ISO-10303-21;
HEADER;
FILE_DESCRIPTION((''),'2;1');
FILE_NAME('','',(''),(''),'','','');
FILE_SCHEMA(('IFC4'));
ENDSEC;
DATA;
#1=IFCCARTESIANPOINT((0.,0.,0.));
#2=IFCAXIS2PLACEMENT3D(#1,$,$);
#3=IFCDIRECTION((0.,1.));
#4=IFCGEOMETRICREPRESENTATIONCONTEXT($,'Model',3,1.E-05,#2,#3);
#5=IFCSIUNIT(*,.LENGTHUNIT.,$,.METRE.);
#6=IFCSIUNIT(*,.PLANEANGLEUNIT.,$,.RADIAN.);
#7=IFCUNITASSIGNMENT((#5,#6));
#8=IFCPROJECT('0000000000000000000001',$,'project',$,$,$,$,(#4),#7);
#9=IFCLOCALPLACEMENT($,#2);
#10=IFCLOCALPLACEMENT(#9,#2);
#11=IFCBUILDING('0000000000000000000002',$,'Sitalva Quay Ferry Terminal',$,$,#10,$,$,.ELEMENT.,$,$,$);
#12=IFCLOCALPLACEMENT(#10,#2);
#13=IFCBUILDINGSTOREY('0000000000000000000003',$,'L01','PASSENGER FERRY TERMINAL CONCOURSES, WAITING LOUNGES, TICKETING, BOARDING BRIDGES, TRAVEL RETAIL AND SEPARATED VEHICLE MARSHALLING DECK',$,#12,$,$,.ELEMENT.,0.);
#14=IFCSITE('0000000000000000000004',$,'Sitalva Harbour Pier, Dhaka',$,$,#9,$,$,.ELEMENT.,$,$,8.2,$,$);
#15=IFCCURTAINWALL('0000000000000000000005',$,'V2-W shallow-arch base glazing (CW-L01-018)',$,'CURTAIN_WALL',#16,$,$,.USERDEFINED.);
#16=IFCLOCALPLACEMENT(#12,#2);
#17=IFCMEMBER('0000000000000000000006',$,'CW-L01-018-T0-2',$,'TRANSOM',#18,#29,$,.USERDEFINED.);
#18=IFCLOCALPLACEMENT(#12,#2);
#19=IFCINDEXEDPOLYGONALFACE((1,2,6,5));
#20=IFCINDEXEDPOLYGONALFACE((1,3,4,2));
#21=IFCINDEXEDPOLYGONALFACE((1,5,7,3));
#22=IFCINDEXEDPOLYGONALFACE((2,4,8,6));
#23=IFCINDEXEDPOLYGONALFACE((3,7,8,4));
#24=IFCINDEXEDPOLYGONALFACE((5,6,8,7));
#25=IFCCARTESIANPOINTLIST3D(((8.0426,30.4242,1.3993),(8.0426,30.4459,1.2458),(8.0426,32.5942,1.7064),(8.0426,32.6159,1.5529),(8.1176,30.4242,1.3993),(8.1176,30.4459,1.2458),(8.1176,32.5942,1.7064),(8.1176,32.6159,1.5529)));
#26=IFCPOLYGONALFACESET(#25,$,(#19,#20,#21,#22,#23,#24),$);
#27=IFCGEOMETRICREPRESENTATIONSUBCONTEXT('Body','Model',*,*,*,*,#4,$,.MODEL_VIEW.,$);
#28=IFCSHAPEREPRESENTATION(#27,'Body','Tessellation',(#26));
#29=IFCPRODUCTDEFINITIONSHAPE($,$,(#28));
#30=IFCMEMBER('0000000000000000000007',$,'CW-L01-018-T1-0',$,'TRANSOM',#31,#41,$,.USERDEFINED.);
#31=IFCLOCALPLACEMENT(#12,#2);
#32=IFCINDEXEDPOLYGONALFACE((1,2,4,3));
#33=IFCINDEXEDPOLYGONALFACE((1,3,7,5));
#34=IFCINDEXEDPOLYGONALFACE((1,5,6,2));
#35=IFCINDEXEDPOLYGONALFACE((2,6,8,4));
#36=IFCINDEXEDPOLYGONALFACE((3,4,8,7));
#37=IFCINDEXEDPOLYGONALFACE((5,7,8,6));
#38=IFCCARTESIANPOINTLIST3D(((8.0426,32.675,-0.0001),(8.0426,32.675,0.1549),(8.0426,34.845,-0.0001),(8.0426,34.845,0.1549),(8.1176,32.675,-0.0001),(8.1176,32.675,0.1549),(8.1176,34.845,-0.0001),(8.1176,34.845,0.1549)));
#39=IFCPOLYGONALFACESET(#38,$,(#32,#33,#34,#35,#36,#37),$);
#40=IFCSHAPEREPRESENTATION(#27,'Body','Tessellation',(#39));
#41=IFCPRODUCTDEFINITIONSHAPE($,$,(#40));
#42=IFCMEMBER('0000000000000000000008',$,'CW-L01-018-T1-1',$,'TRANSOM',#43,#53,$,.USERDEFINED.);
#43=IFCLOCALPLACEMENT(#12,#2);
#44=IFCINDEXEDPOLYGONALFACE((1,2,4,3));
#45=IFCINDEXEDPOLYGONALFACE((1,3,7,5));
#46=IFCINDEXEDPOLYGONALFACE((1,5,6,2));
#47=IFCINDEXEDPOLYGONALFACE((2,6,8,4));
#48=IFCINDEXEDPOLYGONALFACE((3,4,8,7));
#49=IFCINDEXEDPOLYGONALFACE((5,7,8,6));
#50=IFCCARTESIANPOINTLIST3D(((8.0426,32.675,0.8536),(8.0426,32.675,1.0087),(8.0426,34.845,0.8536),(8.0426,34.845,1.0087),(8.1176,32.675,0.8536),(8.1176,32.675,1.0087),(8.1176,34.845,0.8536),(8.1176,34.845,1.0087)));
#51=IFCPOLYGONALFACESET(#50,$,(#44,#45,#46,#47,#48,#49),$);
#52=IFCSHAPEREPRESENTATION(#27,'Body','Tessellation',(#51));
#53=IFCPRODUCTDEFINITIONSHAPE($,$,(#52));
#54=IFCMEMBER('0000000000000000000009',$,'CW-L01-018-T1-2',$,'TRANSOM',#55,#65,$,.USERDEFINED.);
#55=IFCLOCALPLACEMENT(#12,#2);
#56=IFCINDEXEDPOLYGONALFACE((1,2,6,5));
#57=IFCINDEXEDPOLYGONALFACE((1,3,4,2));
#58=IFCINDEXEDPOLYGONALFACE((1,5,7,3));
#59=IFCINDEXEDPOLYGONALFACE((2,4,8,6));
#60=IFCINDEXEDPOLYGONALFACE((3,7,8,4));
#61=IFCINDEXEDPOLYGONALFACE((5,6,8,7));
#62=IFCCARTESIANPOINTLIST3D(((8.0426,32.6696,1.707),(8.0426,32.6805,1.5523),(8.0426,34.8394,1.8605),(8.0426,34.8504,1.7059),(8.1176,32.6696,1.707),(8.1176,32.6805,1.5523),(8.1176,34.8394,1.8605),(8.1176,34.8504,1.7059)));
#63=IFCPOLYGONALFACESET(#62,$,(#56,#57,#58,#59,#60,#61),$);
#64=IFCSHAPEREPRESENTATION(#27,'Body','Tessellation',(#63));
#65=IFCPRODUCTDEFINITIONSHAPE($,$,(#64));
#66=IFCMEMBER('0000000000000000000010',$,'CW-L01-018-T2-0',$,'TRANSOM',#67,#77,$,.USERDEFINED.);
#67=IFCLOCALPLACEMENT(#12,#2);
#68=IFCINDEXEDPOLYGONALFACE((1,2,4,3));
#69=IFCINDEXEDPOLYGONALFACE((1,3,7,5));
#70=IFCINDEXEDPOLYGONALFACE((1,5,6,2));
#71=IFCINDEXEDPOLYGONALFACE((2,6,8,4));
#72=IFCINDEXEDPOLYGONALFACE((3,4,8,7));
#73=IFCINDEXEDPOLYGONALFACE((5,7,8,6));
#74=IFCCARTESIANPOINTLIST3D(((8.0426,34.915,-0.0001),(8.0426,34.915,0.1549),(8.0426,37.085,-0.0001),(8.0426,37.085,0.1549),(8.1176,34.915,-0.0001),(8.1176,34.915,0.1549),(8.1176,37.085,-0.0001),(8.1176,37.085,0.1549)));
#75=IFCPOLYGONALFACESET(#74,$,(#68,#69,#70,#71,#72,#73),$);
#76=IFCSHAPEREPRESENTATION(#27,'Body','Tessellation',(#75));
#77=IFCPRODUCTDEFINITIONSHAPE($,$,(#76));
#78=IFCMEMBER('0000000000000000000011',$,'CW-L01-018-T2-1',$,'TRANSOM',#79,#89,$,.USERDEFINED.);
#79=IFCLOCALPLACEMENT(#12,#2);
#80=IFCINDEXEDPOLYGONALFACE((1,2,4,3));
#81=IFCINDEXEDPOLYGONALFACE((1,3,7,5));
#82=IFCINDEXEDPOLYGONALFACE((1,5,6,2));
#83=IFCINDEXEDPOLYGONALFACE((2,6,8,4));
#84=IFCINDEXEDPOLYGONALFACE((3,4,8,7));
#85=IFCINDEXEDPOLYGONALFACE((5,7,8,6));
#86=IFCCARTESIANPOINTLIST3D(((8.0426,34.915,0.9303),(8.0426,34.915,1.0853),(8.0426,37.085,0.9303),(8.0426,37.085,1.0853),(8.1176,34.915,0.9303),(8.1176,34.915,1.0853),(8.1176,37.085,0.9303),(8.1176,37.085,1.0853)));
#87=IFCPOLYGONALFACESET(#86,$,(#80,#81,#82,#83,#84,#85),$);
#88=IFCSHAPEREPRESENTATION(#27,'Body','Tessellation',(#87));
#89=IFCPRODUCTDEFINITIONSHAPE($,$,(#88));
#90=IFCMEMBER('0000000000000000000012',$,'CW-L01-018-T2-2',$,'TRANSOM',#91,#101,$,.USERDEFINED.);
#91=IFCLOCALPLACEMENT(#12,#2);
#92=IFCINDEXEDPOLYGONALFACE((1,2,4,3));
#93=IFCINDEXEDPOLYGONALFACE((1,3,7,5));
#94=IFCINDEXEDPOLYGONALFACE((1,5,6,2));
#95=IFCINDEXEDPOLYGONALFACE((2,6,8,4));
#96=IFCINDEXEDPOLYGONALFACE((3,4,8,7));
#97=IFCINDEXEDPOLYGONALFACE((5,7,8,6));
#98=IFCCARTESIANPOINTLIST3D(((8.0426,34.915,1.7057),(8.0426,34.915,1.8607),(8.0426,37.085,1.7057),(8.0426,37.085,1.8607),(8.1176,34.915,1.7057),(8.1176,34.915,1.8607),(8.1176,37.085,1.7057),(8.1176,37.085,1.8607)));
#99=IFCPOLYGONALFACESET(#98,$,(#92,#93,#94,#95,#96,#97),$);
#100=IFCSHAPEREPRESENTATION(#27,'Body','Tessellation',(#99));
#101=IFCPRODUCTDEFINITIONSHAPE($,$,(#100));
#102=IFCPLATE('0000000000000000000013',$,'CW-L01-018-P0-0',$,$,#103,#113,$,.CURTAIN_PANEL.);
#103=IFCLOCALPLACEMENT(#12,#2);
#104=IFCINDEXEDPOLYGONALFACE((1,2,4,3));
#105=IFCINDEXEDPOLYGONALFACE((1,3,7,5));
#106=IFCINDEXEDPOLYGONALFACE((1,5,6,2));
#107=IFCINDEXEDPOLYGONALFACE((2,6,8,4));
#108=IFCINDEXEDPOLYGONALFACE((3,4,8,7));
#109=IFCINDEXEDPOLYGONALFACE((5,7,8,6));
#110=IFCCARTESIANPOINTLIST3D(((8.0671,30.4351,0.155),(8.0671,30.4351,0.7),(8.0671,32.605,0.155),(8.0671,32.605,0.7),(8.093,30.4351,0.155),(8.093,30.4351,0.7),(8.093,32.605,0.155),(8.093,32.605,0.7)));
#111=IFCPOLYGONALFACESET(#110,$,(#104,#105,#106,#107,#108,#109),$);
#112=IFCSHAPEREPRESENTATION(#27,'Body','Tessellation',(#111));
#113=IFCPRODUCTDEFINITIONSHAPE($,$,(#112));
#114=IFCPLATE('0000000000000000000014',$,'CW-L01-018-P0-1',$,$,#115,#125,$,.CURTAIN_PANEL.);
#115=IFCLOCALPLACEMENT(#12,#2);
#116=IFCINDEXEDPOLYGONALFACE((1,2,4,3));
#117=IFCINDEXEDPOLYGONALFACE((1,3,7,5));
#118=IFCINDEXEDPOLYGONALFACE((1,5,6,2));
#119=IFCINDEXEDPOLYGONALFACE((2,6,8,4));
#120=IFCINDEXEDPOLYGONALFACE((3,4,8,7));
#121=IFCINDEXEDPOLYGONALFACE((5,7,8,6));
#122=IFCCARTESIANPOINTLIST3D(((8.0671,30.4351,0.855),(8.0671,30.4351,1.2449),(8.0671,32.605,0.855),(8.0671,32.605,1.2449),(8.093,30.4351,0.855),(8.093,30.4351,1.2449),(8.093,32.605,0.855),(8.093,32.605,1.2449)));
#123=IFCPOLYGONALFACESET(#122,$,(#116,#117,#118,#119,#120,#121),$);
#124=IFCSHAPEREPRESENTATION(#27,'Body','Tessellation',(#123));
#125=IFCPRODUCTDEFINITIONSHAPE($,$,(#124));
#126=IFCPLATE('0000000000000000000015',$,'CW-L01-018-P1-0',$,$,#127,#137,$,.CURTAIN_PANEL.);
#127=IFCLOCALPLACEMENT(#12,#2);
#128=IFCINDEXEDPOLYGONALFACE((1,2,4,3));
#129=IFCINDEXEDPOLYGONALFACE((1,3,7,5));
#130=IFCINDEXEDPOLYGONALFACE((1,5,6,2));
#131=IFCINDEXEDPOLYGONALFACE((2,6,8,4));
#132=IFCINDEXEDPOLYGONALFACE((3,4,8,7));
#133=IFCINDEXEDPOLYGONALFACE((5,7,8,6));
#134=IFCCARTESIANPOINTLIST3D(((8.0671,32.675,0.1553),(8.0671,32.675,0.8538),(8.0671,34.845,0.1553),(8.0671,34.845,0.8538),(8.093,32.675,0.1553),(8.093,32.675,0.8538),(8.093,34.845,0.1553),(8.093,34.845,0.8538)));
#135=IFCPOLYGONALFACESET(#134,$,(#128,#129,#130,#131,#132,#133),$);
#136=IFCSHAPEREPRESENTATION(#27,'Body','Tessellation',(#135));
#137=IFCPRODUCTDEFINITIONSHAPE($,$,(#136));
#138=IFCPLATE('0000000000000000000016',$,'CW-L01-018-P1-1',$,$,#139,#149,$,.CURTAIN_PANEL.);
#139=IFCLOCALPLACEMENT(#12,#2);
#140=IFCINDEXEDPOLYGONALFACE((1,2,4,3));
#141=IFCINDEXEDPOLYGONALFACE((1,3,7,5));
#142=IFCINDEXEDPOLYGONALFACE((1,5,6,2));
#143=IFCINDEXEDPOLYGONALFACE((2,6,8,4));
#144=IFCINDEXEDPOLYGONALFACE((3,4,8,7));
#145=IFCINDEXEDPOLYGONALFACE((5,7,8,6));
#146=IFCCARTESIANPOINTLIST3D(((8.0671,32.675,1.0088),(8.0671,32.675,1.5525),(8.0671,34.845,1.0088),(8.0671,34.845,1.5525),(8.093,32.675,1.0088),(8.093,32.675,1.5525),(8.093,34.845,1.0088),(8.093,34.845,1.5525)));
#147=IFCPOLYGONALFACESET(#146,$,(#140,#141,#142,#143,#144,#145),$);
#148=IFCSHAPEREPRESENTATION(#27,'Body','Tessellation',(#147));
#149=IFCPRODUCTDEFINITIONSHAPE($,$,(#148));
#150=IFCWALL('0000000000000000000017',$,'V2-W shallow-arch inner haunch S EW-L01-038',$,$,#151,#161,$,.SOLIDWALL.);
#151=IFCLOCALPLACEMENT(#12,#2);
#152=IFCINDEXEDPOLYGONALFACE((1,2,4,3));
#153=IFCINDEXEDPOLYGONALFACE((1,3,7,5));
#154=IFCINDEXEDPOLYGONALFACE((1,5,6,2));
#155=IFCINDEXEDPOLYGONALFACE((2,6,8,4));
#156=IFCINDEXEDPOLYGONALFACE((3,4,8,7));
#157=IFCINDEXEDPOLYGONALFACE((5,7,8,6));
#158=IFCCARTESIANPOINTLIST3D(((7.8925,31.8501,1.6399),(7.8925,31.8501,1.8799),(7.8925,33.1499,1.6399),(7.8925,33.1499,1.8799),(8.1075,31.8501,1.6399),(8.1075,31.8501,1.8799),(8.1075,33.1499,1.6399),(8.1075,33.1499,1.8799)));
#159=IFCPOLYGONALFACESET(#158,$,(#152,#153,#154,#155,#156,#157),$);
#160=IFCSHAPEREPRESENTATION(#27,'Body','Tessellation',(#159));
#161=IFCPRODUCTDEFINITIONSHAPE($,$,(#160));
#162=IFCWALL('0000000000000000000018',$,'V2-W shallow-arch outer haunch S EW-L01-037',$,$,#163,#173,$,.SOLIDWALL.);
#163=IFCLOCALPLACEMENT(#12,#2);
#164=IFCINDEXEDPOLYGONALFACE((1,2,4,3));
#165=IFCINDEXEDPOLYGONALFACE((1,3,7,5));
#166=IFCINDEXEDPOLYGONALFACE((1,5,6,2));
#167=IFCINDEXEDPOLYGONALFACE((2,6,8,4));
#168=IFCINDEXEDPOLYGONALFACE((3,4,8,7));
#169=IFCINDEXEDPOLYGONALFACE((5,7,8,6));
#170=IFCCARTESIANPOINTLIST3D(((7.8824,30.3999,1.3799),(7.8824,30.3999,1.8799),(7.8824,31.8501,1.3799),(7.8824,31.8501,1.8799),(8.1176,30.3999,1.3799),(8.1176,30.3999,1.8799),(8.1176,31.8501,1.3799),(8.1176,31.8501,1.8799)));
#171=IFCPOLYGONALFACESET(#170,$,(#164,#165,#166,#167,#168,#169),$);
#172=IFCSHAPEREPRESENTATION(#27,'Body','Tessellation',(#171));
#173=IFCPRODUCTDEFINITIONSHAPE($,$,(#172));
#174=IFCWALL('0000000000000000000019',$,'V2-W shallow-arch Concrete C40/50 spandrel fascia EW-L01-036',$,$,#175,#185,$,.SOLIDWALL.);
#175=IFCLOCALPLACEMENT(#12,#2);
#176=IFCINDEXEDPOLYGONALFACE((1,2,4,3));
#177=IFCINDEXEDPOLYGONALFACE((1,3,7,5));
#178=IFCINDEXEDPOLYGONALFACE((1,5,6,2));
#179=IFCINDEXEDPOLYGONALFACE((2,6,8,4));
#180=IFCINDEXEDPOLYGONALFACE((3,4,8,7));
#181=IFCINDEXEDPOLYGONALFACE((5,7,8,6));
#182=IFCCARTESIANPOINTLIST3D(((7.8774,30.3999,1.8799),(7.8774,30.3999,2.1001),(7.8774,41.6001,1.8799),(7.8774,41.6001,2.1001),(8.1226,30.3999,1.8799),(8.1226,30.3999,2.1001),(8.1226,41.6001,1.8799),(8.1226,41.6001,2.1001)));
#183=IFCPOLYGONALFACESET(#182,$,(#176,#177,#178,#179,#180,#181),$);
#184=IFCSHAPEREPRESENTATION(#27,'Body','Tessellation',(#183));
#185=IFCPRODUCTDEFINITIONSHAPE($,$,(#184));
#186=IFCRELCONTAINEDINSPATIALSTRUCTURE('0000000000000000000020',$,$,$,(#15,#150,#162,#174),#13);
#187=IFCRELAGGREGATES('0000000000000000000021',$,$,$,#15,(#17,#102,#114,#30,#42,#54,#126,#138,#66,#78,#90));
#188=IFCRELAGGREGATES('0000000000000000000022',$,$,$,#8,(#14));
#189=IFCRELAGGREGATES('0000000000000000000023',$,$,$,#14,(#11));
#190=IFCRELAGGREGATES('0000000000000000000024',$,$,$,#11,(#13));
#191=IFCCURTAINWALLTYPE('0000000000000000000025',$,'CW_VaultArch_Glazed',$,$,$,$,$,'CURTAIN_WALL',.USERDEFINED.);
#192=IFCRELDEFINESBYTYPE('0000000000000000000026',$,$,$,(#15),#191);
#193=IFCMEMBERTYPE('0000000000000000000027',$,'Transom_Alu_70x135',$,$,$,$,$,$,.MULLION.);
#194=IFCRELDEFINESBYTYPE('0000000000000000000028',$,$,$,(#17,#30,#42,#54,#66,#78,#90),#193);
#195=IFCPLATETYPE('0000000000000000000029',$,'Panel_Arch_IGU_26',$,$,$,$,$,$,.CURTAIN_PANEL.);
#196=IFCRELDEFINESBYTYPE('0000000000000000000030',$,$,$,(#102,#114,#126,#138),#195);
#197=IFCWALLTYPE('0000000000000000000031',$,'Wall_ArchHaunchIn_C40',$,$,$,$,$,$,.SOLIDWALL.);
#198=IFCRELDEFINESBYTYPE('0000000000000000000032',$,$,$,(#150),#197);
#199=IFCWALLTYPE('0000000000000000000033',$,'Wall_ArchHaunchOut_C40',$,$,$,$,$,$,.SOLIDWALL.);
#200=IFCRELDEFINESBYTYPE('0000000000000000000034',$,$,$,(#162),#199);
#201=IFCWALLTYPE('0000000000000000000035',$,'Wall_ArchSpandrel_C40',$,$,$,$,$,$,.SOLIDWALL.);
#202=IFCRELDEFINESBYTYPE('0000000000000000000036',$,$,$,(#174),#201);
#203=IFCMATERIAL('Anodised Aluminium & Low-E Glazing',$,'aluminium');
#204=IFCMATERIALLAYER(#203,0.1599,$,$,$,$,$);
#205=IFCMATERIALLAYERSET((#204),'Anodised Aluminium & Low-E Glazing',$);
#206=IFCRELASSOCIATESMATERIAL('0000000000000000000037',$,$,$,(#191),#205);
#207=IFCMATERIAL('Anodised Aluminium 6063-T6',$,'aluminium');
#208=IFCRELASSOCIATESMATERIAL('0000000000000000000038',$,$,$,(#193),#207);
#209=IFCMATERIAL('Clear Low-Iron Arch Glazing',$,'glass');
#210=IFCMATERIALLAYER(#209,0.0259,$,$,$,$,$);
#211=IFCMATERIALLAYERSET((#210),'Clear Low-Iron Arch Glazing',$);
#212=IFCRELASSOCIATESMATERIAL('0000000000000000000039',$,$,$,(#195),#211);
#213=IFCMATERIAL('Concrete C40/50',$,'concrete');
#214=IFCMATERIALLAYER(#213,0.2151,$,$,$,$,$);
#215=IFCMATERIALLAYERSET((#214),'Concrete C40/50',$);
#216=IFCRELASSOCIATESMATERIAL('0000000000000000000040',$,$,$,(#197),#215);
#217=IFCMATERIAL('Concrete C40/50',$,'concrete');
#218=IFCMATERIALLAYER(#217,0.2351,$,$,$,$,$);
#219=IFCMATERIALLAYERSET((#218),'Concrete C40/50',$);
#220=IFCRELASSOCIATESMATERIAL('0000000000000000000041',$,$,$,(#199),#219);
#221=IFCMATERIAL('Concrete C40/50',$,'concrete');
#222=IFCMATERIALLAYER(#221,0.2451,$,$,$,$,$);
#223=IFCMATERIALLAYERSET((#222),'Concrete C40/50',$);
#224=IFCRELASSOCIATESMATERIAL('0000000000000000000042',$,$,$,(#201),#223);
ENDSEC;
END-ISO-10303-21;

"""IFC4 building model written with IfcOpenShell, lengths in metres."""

from ifc_helpers import new_model, si_unit, direction, frame, frame_2d, origin, origin_2d, place, context, subcontext, project, spatial, rectangle, extrude, material, layer, layer_set, material_profile, profile_set, type_object, element, aggregate, save


model = new_model("IFC4")

# Units and contexts
model_context = context("Model", 3, precision=1e-05, world=origin(), true_north=direction((0.0, 1.0)))
body_context = subcontext(model_context, "Body", "Model", "MODEL_VIEW")
ifc_project = project(units=[si_unit("LENGTHUNIT", "METRE"), si_unit("PLANEANGLEUNIT", "RADIAN")], contexts=[model_context])

# Site, building, storey
site_placement = place(None, origin())
site = spatial("IfcSite", under=ifc_project, at=site_placement, Name="Sitalva Harbour Pier, Dhaka", CompositionType="ELEMENT", RefElevation=8.2)
building_placement = place(site_placement, origin())
building = spatial("IfcBuilding", under=site, at=building_placement, Name="Sitalva Quay Ferry Terminal", CompositionType="ELEMENT")
storey_placement = place(building_placement, origin())
storey = spatial("IfcBuildingStorey", under=building, at=storey_placement, Name="L01", Description="PASSENGER FERRY TERMINAL CONCOURSES, WAITING LOUNGES, TICKETING, BOARDING BRIDGES, TRAVEL RETAIL AND SEPARATED VEHICLE MARSHALLING DECK", CompositionType="ELEMENT", Elevation=0.0)

# Curtain wall, members, plates
ifc_material_1 = material(Name="Anodised Aluminium & Low-E Glazing", Category="aluminium")
ifc_layer_1 = layer(ifc_material_1, 0.1599)
ifc_layer_set_1 = layer_set([ifc_layer_1], Name="Anodised Aluminium & Low-E Glazing")
curtain_wall_type = type_object("IfcCurtainWallType", Name="CW_VaultArch_Glazed", ElementType="CURTAIN_WALL", PredefinedType="USERDEFINED", material=ifc_layer_set_1)
curtain_wall_placement = place(storey_placement, origin())
curtain_wall = element("IfcCurtainWall", 1, at=curtain_wall_placement, inside=storey, type_object=curtain_wall_type, Name="V2-W shallow-arch base glazing (CW-L01-018)", ObjectType="CURTAIN_WALL", PredefinedType="USERDEFINED")
ifc_material_2 = material(Name="Anodised Aluminium 6063-T6", Category="aluminium")
ifc_material_profile_1 = material_profile(ifc_material_2, rectangle(XDim=0.075, YDim=0.155, at=origin_2d()), Name="ALU75x155")
ifc_profile_set_1 = profile_set([ifc_material_profile_1], Name="Anodised Aluminium 6063-T6")
member_type_1 = type_object("IfcMemberType", Name="Transom_Alu_70x135", PredefinedType="MULLION", material=ifc_profile_set_1)
member_1_placement = place(storey_placement, frame((8.0801, 30.4351, 1.3225), z_axis=(0.0, 0.990131, 0.140142), x_axis=(-1.0, 0.0, 0.0)))
member_1 = element("IfcMember", 2, at=member_1_placement, type_object=member_type_1, Name="CW-L01-018-T0-2", ObjectType="TRANSOM", PredefinedType="USERDEFINED", context=body_context, shape_type="SweptSolid", body=[
    extrude(rectangle(XDim=0.075, YDim=0.155, at=origin_2d()), origin(), (0.0, 0.0, 1.0), 2.1917),
])
member_2_placement = place(storey_placement, frame((8.0801, 32.675, 0.0774), z_axis=(0.0, 1.0, 0.0), x_axis=(-1.0, 0.0, 0.0)))
member_2 = element("IfcMember", 3, at=member_2_placement, type_object=member_type_1, Name="CW-L01-018-T1-0", ObjectType="TRANSOM", PredefinedType="USERDEFINED", context=body_context, shape_type="SweptSolid", body=[
    extrude(rectangle(XDim=0.075, YDim=0.155, at=origin_2d()), origin(), (0.0, 0.0, 1.0), 2.1699),
])
member_3_placement = place(storey_placement, frame((8.0801, 32.675, 0.9312), z_axis=(0.0, 1.0, 0.0), x_axis=(-1.0, 0.0, 0.0)))
member_3 = element("IfcMember", 4, at=member_3_placement, type_object=member_type_1, Name="CW-L01-018-T1-1", ObjectType="TRANSOM", PredefinedType="USERDEFINED", context=body_context, shape_type="SweptSolid", body=[
    extrude(rectangle(XDim=0.075, YDim=0.155, at=origin_2d()), origin(), (0.0, 0.0, 1.0), 2.1699),
])
member_4_placement = place(storey_placement, frame((8.0801, 32.675, 1.6296), z_axis=(0.0, 0.997505, 0.070593), x_axis=(-1.0, 0.0, 0.0)))
member_4 = element("IfcMember", 5, at=member_4_placement, type_object=member_type_1, Name="CW-L01-018-T1-2", ObjectType="TRANSOM", PredefinedType="USERDEFINED", context=body_context, shape_type="SweptSolid", body=[
    extrude(rectangle(XDim=0.075, YDim=0.155, at=origin_2d()), origin(), (0.0, 0.0, 1.0), 2.1753),
])
member_5_placement = place(storey_placement, frame((8.0801, 34.915, 0.0774), z_axis=(0.0, 1.0, 0.0), x_axis=(-1.0, 0.0, 0.0)))
member_5 = element("IfcMember", 6, at=member_5_placement, type_object=member_type_1, Name="CW-L01-018-T2-0", ObjectType="TRANSOM", PredefinedType="USERDEFINED", context=body_context, shape_type="SweptSolid", body=[
    extrude(rectangle(XDim=0.075, YDim=0.155, at=origin_2d()), origin(), (0.0, 0.0, 1.0), 2.1699),
])
member_6_placement = place(storey_placement, frame((8.0801, 34.915, 1.0078), z_axis=(0.0, 1.0, 0.0), x_axis=(-1.0, 0.0, 0.0)))
member_6 = element("IfcMember", 7, at=member_6_placement, type_object=member_type_1, Name="CW-L01-018-T2-1", ObjectType="TRANSOM", PredefinedType="USERDEFINED", context=body_context, shape_type="SweptSolid", body=[
    extrude(rectangle(XDim=0.075, YDim=0.155, at=origin_2d()), origin(), (0.0, 0.0, 1.0), 2.1699),
])
member_7_placement = place(storey_placement, frame((8.0801, 34.915, 1.7832), z_axis=(0.0, 1.0, 0.0), x_axis=(-1.0, 0.0, 0.0)))
member_7 = element("IfcMember", 8, at=member_7_placement, type_object=member_type_1, Name="CW-L01-018-T2-2", ObjectType="TRANSOM", PredefinedType="USERDEFINED", context=body_context, shape_type="SweptSolid", body=[
    extrude(rectangle(XDim=0.075, YDim=0.155, at=origin_2d()), origin(), (0.0, 0.0, 1.0), 2.1699),
])
ifc_material_3 = material(Name="Clear Low-Iron Arch Glazing", Category="glass")
ifc_layer_2 = layer(ifc_material_3, 0.0259)
ifc_layer_set_2 = layer_set([ifc_layer_2], Name="Clear Low-Iron Arch Glazing")
plate_type = type_object("IfcPlateType", Name="Panel_Arch_IGU_26", PredefinedType="CURTAIN_PANEL", material=ifc_layer_set_2)
plate_1_placement = place(storey_placement, frame((8.0801, 31.52, 0.155), z_axis=(0.0, 0.0, 1.0), x_axis=(0.0, 1.0, 0.0)))
plate_1 = element("IfcPlate", 9, at=plate_1_placement, type_object=plate_type, Name="CW-L01-018-P0-0", PredefinedType="CURTAIN_PANEL", context=body_context, shape_type="SweptSolid", body=[
    extrude(rectangle(XDim=2.1699, YDim=0.0259, at=origin_2d()), origin(), (0.0, 0.0, 1.0), 0.5449),
])
plate_2_placement = place(storey_placement, frame((8.0801, 31.52, 0.855), z_axis=(0.0, 0.0, 1.0), x_axis=(0.0, 1.0, 0.0)))
plate_2 = element("IfcPlate", 10, at=plate_2_placement, type_object=plate_type, Name="CW-L01-018-P0-1", PredefinedType="CURTAIN_PANEL", context=body_context, shape_type="SweptSolid", body=[
    extrude(rectangle(XDim=2.1699, YDim=0.0259, at=origin_2d()), origin(), (0.0, 0.0, 1.0), 0.3899),
])
plate_3_placement = place(storey_placement, frame((8.0801, 33.76, 0.1553), z_axis=(0.0, 0.0, 1.0), x_axis=(0.0, 1.0, 0.0)))
plate_3 = element("IfcPlate", 11, at=plate_3_placement, type_object=plate_type, Name="CW-L01-018-P1-0", PredefinedType="CURTAIN_PANEL", context=body_context, shape_type="SweptSolid", body=[
    extrude(rectangle(XDim=2.1699, YDim=0.0259, at=origin_2d()), origin(), (0.0, 0.0, 1.0), 0.6985),
])
plate_4_placement = place(storey_placement, frame((8.0801, 33.76, 1.0088), z_axis=(0.0, 0.0, 1.0), x_axis=(0.0, 1.0, 0.0)))
plate_4 = element("IfcPlate", 12, at=plate_4_placement, type_object=plate_type, Name="CW-L01-018-P1-1", PredefinedType="CURTAIN_PANEL", context=body_context, shape_type="SweptSolid", body=[
    extrude(rectangle(XDim=2.1699, YDim=0.0259, at=origin_2d()), origin(), (0.0, 0.0, 1.0), 0.5437),
])
aggregate(curtain_wall, [member_1, plate_1, plate_2, member_2, member_3, member_4, plate_3, plate_4, member_5, member_6, member_7])

# Walls
ifc_material_4 = material(Name="Concrete C40/50", Category="concrete")
ifc_layer_3 = layer(ifc_material_4, 0.2151)
ifc_layer_set_3 = layer_set([ifc_layer_3], Name="Concrete C40/50")
wall_type_1 = type_object("IfcWallType", Name="Wall_ArchHaunchIn_C40", PredefinedType="SOLIDWALL", material=ifc_layer_set_3)
wall_1_placement = place(storey_placement, frame((8.0, 31.8501, 1.6399), z_axis=(0.0, 0.0, 1.0), x_axis=(0.0, 1.0, 0.0)))
element("IfcWall", 13, at=wall_1_placement, inside=storey, type_object=wall_type_1, Name="V2-W shallow-arch inner haunch S EW-L01-038", PredefinedType="SOLIDWALL", context=body_context, shape_type="SweptSolid", body=[
    extrude(rectangle(XDim=1.2998, YDim=0.2151, at=frame_2d((0.6499, 0.0))), origin(), (0.0, 0.0, 1.0), 0.24),
])
ifc_material_5 = material(Name="Concrete C40/50", Category="concrete")
ifc_layer_4 = layer(ifc_material_5, 0.2351)
ifc_layer_set_4 = layer_set([ifc_layer_4], Name="Concrete C40/50")
wall_type_2 = type_object("IfcWallType", Name="Wall_ArchHaunchOut_C40", PredefinedType="SOLIDWALL", material=ifc_layer_set_4)
wall_2_placement = place(storey_placement, frame((8.0, 30.3999, 1.3799), z_axis=(0.0, 0.0, 1.0), x_axis=(0.0, 1.0, 0.0)))
element("IfcWall", 14, at=wall_2_placement, inside=storey, type_object=wall_type_2, Name="V2-W shallow-arch outer haunch S EW-L01-037", PredefinedType="SOLIDWALL", context=body_context, shape_type="SweptSolid", body=[
    extrude(rectangle(XDim=1.4502, YDim=0.2351, at=frame_2d((0.7251, 0.0))), origin(), (0.0, 0.0, 1.0), 0.5),
])
ifc_material_6 = material(Name="Concrete C40/50", Category="concrete")
ifc_layer_5 = layer(ifc_material_6, 0.2451)
ifc_layer_set_5 = layer_set([ifc_layer_5], Name="Concrete C40/50")
wall_type_3 = type_object("IfcWallType", Name="Wall_ArchSpandrel_C40", PredefinedType="SOLIDWALL", material=ifc_layer_set_5)
wall_3_placement = place(storey_placement, frame((8.0, 30.3999, 1.8799), z_axis=(0.0, 0.0, 1.0), x_axis=(0.0, 1.0, 0.0)))
element("IfcWall", 15, at=wall_3_placement, inside=storey, type_object=wall_type_3, Name="V2-W shallow-arch Concrete C40/50 spandrel fascia EW-L01-036", PredefinedType="SOLIDWALL", context=body_context, shape_type="SweptSolid", body=[
    extrude(rectangle(XDim=11.2002, YDim=0.2451, at=frame_2d((5.6001, 0.0))), origin(), (0.0, 0.0, 1.0), 0.2202),
])

save(model, "model.ifc")
